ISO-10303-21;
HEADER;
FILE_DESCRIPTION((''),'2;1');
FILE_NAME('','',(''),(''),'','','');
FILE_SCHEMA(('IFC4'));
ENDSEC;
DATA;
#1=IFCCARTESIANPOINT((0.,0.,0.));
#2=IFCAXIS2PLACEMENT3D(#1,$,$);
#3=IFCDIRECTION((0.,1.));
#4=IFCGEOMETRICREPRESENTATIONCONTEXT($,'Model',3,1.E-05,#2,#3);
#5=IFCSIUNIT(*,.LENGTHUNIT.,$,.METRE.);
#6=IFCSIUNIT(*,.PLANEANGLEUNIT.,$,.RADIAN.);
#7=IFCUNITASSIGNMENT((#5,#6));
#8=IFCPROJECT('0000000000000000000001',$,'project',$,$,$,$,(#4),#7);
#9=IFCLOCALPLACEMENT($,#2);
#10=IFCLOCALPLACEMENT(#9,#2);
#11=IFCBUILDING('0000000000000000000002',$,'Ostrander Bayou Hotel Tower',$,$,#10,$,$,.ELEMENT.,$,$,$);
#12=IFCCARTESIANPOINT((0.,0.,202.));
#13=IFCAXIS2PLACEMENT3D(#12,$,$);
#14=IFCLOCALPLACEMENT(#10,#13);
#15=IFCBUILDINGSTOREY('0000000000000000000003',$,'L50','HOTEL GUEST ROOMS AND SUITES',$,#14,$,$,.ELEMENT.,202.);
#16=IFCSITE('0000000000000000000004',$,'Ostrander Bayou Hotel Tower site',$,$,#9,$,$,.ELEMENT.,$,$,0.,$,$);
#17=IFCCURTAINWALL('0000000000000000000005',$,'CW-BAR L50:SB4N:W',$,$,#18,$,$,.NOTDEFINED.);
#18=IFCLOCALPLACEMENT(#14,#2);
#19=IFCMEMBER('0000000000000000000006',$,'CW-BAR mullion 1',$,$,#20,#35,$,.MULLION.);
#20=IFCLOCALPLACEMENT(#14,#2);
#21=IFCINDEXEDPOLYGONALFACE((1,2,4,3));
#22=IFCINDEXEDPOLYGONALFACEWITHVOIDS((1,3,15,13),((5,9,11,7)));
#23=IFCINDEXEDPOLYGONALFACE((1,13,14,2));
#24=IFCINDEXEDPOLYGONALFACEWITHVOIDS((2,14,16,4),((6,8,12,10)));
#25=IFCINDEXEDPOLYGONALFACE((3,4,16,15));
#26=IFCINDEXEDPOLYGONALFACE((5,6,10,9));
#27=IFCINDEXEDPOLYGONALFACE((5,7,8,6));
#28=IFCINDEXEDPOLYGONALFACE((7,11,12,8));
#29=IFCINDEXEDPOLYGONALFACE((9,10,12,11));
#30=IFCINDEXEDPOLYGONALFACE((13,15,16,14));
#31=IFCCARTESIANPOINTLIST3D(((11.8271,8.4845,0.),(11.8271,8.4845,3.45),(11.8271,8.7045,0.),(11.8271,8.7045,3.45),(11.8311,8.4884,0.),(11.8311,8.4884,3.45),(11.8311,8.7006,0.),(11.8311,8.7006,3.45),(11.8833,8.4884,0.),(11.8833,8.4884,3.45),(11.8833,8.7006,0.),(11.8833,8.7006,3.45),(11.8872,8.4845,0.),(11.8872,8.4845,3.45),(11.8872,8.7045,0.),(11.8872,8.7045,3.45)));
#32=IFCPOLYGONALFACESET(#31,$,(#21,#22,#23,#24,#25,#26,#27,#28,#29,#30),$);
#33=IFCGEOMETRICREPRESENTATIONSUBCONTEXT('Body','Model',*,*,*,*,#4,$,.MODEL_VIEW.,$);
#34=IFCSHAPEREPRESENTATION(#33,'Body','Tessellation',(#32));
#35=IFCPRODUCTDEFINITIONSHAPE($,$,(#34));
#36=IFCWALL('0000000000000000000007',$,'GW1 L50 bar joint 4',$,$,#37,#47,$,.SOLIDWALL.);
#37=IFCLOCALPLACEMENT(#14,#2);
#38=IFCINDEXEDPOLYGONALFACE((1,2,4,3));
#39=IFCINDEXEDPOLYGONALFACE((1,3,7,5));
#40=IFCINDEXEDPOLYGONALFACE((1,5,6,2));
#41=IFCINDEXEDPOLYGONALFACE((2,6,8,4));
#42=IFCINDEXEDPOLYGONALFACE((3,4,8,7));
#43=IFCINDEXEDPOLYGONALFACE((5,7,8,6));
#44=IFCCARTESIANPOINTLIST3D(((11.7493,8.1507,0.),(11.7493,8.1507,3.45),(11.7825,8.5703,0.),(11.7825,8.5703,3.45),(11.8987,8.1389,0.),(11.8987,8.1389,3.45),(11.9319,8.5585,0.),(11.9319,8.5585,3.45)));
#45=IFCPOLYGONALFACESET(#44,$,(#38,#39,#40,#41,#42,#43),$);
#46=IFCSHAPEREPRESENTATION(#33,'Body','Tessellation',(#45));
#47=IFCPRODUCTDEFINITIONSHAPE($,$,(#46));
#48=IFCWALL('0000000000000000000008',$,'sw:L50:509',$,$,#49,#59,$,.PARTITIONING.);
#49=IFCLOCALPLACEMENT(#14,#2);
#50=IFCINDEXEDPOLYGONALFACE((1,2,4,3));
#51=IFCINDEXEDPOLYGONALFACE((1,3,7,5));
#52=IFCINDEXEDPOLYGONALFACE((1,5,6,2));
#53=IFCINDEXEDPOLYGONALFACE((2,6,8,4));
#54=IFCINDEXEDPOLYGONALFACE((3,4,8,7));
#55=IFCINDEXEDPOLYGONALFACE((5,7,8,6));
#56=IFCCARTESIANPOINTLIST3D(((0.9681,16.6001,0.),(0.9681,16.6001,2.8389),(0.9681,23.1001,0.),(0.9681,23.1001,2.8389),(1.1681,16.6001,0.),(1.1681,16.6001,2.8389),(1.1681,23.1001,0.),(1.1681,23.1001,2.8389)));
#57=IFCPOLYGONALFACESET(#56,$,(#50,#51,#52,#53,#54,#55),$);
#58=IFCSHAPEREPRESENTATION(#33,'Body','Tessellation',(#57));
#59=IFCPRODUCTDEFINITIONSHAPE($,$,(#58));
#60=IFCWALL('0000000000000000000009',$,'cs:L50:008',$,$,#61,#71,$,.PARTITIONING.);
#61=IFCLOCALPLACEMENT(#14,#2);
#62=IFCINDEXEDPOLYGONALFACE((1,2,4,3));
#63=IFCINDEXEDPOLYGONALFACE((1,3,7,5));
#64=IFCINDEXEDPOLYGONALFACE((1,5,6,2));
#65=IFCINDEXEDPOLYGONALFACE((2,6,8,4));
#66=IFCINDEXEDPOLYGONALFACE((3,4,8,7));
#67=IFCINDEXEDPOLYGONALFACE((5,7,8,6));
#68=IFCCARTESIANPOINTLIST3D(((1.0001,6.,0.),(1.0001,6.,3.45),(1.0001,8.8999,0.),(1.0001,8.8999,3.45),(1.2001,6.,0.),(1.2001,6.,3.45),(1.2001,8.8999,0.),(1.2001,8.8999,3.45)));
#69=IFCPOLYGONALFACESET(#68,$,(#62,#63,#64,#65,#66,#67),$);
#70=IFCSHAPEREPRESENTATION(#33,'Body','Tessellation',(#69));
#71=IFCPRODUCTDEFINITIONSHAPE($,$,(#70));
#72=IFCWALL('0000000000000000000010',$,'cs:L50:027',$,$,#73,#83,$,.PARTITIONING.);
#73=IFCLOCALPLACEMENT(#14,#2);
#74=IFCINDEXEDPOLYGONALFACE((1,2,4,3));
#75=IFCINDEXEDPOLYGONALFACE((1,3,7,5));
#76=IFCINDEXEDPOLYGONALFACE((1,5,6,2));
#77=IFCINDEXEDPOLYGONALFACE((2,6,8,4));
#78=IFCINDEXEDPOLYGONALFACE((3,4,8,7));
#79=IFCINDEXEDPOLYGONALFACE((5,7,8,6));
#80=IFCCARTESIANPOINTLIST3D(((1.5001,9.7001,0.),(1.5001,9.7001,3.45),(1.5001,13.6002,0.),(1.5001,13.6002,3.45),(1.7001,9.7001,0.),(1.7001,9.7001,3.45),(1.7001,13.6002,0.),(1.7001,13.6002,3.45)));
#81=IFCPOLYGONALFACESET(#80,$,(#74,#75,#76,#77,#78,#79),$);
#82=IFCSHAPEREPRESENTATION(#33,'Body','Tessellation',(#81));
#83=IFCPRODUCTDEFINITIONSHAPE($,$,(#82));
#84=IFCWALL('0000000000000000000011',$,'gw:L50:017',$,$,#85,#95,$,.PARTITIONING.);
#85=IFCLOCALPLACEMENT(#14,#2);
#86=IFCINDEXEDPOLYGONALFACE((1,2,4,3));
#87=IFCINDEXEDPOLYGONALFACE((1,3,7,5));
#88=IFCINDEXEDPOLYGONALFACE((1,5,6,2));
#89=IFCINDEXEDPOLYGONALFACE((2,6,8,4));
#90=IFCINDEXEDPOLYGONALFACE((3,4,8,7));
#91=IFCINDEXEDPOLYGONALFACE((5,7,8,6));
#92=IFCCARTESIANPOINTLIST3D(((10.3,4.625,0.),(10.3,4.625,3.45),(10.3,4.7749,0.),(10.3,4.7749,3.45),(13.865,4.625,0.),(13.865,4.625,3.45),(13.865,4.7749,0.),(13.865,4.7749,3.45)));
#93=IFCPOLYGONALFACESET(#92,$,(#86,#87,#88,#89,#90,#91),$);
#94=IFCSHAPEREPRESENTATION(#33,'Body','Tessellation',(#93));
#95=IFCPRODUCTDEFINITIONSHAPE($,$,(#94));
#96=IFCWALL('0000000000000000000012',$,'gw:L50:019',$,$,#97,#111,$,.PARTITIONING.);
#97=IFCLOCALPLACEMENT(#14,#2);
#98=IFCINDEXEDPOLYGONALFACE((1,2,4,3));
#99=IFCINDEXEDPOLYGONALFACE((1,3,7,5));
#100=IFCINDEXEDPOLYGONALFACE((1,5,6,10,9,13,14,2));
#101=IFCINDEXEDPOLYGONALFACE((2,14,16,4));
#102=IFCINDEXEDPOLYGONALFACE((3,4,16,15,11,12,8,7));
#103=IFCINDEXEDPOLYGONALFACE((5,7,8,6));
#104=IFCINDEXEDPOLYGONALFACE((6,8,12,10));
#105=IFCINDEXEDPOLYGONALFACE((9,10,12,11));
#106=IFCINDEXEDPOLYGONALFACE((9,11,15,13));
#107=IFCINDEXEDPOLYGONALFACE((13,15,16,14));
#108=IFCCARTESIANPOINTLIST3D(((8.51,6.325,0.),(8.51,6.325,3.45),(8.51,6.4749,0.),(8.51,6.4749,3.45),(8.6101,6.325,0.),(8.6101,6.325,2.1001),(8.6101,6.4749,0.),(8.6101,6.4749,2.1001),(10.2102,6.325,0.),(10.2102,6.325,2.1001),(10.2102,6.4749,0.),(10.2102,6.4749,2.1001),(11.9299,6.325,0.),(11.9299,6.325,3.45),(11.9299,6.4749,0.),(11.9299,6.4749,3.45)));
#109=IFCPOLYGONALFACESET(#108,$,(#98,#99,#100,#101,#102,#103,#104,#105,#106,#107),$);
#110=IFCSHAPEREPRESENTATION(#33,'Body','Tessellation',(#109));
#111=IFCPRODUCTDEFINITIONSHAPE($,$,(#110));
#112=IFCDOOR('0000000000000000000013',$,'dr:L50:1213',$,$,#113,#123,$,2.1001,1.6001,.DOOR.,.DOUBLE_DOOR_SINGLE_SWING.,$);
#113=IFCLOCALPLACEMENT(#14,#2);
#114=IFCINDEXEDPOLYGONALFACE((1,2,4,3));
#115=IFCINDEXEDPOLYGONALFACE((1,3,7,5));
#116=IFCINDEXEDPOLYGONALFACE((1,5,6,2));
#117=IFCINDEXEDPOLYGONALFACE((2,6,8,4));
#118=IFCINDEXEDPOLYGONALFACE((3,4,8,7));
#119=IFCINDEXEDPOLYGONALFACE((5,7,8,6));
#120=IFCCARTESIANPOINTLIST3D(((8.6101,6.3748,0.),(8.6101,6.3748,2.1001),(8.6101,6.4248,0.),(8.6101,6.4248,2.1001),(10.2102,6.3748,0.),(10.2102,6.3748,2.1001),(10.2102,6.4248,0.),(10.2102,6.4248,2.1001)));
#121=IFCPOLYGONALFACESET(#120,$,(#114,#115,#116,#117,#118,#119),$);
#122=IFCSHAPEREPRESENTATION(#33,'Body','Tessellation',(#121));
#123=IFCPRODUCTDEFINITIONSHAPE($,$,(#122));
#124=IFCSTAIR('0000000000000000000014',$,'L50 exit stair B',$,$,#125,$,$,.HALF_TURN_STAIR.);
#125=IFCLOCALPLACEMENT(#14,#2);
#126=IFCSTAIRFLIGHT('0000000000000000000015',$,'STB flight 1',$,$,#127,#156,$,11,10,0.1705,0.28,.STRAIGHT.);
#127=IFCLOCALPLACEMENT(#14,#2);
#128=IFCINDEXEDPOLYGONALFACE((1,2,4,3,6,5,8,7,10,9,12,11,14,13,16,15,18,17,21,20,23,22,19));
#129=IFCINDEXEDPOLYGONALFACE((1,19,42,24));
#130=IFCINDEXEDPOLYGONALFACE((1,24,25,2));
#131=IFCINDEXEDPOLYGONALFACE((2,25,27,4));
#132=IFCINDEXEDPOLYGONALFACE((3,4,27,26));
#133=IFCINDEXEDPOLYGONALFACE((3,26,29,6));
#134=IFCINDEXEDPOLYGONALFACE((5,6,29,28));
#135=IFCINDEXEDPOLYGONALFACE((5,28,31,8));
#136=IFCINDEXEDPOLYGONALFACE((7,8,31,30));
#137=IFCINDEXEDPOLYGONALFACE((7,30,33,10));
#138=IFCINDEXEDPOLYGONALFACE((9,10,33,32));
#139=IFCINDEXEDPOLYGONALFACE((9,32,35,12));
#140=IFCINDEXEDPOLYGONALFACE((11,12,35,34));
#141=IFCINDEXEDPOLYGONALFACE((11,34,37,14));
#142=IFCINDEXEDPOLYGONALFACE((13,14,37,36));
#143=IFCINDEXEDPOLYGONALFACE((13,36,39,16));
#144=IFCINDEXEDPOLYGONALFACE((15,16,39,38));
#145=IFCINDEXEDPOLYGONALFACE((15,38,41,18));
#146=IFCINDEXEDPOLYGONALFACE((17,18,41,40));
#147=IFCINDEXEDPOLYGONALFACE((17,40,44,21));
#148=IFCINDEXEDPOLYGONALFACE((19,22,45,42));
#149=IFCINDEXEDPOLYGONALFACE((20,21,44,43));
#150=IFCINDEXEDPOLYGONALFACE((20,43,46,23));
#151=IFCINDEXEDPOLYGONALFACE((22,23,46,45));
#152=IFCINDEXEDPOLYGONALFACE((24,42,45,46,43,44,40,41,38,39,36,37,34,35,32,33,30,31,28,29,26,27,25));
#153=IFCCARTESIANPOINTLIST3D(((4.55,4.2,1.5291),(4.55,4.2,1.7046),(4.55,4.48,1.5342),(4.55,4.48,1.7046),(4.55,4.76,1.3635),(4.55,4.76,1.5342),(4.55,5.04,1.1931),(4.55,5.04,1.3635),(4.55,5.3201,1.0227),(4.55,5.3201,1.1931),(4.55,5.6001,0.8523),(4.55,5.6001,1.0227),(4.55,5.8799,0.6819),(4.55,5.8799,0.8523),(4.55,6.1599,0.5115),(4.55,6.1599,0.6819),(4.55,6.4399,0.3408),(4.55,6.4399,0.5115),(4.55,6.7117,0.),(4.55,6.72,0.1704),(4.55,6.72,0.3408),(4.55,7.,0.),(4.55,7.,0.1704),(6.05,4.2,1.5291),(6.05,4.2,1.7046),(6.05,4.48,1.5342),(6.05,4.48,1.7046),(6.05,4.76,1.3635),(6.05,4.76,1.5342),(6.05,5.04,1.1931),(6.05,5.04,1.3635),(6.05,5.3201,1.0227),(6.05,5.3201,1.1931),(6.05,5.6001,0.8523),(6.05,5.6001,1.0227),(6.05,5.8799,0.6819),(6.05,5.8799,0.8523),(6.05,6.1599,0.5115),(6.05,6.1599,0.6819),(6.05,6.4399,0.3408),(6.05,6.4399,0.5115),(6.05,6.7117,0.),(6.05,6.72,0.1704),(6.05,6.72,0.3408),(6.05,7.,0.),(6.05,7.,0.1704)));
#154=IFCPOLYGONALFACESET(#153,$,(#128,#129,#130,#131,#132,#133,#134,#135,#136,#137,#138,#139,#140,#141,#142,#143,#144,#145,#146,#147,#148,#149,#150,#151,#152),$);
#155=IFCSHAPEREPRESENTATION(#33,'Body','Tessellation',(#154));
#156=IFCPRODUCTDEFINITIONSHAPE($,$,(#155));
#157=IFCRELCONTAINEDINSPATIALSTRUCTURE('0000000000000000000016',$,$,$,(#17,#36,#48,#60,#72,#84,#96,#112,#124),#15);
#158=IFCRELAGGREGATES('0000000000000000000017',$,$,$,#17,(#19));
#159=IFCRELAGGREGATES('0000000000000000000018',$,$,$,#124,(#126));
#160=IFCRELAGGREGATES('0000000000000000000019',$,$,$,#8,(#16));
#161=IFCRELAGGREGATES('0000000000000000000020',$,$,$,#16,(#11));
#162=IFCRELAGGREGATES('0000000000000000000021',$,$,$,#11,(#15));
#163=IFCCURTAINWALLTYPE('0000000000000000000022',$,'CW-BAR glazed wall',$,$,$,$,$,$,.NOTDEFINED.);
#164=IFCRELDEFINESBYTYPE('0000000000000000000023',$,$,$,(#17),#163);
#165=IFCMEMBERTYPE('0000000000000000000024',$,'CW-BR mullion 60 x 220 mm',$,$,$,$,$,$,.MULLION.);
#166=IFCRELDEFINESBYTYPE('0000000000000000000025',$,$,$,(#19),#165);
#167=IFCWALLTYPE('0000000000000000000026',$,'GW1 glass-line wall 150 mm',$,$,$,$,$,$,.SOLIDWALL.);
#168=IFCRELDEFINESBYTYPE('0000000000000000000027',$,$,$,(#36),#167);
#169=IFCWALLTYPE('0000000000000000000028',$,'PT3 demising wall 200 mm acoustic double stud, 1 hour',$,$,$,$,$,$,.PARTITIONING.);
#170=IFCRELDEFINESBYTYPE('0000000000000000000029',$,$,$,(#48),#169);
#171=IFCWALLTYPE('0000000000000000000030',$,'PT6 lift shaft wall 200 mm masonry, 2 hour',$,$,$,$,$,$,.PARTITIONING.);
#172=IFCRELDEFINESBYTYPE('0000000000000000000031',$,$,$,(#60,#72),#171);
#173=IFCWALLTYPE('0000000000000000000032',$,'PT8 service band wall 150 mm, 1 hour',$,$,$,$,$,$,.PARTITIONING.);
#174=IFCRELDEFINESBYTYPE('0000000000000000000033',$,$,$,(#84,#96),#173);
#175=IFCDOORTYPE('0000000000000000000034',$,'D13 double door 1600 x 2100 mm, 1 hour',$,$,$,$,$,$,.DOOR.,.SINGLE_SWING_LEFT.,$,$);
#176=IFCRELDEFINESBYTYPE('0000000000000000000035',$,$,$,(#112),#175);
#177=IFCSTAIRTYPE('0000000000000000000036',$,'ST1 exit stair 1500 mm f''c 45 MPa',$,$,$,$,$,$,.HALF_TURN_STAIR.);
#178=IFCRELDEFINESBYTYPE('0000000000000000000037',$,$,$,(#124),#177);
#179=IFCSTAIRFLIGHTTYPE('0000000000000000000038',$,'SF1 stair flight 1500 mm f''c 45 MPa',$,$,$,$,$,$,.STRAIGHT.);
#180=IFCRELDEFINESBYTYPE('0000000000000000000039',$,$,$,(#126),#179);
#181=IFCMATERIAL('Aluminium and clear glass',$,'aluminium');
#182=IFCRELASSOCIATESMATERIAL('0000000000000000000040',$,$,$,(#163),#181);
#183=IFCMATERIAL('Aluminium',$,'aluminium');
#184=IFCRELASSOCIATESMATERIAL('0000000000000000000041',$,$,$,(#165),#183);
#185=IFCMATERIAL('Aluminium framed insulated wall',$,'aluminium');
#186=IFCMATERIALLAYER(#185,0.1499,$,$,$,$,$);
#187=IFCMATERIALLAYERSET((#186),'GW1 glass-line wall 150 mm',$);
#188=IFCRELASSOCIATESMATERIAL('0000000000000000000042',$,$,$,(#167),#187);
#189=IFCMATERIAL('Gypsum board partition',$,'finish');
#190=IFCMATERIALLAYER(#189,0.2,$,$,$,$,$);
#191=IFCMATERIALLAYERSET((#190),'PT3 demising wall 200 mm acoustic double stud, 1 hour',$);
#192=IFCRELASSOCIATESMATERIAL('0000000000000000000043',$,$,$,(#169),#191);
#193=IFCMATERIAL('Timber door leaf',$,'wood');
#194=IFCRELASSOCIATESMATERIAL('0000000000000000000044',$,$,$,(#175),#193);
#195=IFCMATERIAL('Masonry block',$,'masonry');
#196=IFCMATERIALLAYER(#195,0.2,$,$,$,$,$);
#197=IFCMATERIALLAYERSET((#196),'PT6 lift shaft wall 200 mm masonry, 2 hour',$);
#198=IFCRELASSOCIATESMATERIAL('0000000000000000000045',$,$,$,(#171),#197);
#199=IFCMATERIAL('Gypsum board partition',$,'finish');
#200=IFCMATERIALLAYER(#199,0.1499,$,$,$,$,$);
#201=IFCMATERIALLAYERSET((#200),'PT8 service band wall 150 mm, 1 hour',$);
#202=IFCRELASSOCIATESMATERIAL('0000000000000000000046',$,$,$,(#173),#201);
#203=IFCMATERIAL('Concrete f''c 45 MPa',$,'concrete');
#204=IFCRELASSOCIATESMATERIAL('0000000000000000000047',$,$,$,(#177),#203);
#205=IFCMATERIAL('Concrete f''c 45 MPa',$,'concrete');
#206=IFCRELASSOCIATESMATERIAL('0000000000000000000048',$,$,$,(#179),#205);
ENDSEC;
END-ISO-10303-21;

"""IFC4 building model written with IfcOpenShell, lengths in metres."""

from ifc_helpers import new_model, si_unit, direction, frame, frame_2d, origin, origin_2d, place, context, subcontext, project, spatial, polyline, rectangle, hollow_rectangle, outline, extrude, material, layer, layer_set, material_profile, profile_set, type_object, element, fill, aggregate, save


model = new_model("IFC4")

# Units and contexts
model_context = context("Model", 3, precision=1e-05, world=origin(), true_north=direction((0.0, 1.0)))
body_context = subcontext(model_context, "Body", "Model", "MODEL_VIEW")
ifc_project = project(units=[si_unit("LENGTHUNIT", "METRE"), si_unit("PLANEANGLEUNIT", "RADIAN")], contexts=[model_context])

# Site, building, storey
site_placement = place(None, origin())
site = spatial("IfcSite", under=ifc_project, at=site_placement, Name="Ostrander Bayou Hotel Tower site", CompositionType="ELEMENT", RefElevation=0.0)
building_placement = place(site_placement, origin())
building = spatial("IfcBuilding", under=site, at=building_placement, Name="Ostrander Bayou Hotel Tower", CompositionType="ELEMENT")
storey_placement = place(building_placement, frame((0.0, 0.0, 202.0)))
storey = spatial("IfcBuildingStorey", under=building, at=storey_placement, Name="L50", Description="HOTEL GUEST ROOMS AND SUITES", CompositionType="ELEMENT", Elevation=202.0)

# Curtain wall, member
ifc_material_1 = material(Name="Aluminium and clear glass", Category="aluminium")
curtain_wall_type = type_object("IfcCurtainWallType", Name="CW-BAR glazed wall", PredefinedType="NOTDEFINED", material=ifc_material_1)
curtain_wall_placement = place(storey_placement, origin())
curtain_wall = element("IfcCurtainWall", 1, at=curtain_wall_placement, inside=storey, type_object=curtain_wall_type, Name="CW-BAR L50:SB4N:W", PredefinedType="NOTDEFINED")
ifc_material_2 = material(Name="Aluminium", Category="aluminium")
ifc_material_profile = material_profile(ifc_material_2, hollow_rectangle(XDim=0.0601, YDim=0.22, WallThickness=0.0039, at=origin_2d()))
ifc_profile_set = profile_set([ifc_material_profile], Name="Aluminium")
member_type = type_object("IfcMemberType", Name="CW-BR mullion 60 x 220 mm", PredefinedType="MULLION", material=ifc_profile_set)
member_placement = place(storey_placement, frame((11.8572, 8.5945, 0.0), z_axis=(0.0, 0.0, 1.0), x_axis=(-1.0, 0.0, 0.0)))
member = element("IfcMember", 2, at=member_placement, type_object=member_type, Name="CW-BAR mullion 1", PredefinedType="MULLION", context=body_context, shape_type="SweptSolid", body=[
    extrude(hollow_rectangle(XDim=0.0601, YDim=0.22, WallThickness=0.0039, at=origin_2d()), origin(), (0.0, 0.0, 1.0), 3.45),
])
aggregate(curtain_wall, [member])

# Walls
ifc_material_3 = material(Name="Aluminium framed insulated wall", Category="aluminium")
ifc_layer_1 = layer(ifc_material_3, 0.1499)
ifc_layer_set_1 = layer_set([ifc_layer_1], Name="GW1 glass-line wall 150 mm")
wall_type_1 = type_object("IfcWallType", Name="GW1 glass-line wall 150 mm", PredefinedType="SOLIDWALL", material=ifc_layer_set_1)
wall_1_placement = place(storey_placement, frame((11.824, 8.1448, 0.0), z_axis=(0.0, 0.0, 1.0), x_axis=(0.078869, 0.996885, 0.0)))
element("IfcWall", 3, at=wall_1_placement, inside=storey, type_object=wall_type_1, Name="GW1 L50 bar joint 4", PredefinedType="SOLIDWALL", context=body_context, shape_type="SweptSolid", body=[
    extrude(rectangle(XDim=0.4209, YDim=0.1499, at=frame_2d((0.2104, 0.0))), origin(), (0.0, 0.0, 1.0), 3.45),
])
ifc_material_4 = material(Name="Gypsum board partition", Category="finish")
ifc_layer_2 = layer(ifc_material_4, 0.2)
ifc_layer_set_2 = layer_set([ifc_layer_2], Name="PT3 demising wall 200 mm acoustic double stud, 1 hour")
wall_type_2 = type_object("IfcWallType", Name="PT3 demising wall 200 mm acoustic double stud, 1 hour", PredefinedType="PARTITIONING", material=ifc_layer_set_2)
wall_2_placement = place(storey_placement, frame((1.0681, 16.6001, 0.0), z_axis=(0.0, 0.0, 1.0), x_axis=(0.0, 1.0, 0.0)))
element("IfcWall", 4, at=wall_2_placement, inside=storey, type_object=wall_type_2, Name="sw:L50:509", PredefinedType="PARTITIONING", context=body_context, shape_type="SweptSolid", body=[
    extrude(rectangle(XDim=6.5, YDim=0.2, at=frame_2d((3.25, 0.0))), origin(), (0.0, 0.0, 1.0), 2.8389),
])

# Shared definitions
ifc_material_5 = material(Name="Timber door leaf", Category="wood")
door_type_1 = type_object("IfcDoorType", Name="D13 double door 1600 x 2100 mm, 1 hour", OperationType="SINGLE_SWING_LEFT", PredefinedType="DOOR", material=ifc_material_5)
ifc_material_6 = material(Name="Masonry block", Category="masonry")
ifc_layer_3 = layer(ifc_material_6, 0.2)
ifc_layer_set_3 = layer_set([ifc_layer_3], Name="PT6 lift shaft wall 200 mm masonry, 2 hour")
wall_type_3 = type_object("IfcWallType", Name="PT6 lift shaft wall 200 mm masonry, 2 hour", PredefinedType="PARTITIONING", material=ifc_layer_set_3)

# Walls
wall_3_placement = place(storey_placement, frame((1.1001, 6.0, 0.0), z_axis=(0.0, 0.0, 1.0), x_axis=(0.0, 1.0, 0.0)))
element("IfcWall", 5, at=wall_3_placement, inside=storey, type_object=wall_type_3, Name="cs:L50:008", PredefinedType="PARTITIONING", context=body_context, shape_type="SweptSolid", body=[
    extrude(rectangle(XDim=2.8999, YDim=0.2, at=frame_2d((1.45, 0.0))), origin(), (0.0, 0.0, 1.0), 3.45),
])
wall_4_placement = place(storey_placement, frame((1.6001, 9.7, 0.0), z_axis=(0.0, 0.0, 1.0), x_axis=(0.0, 1.0, 0.0)))
element("IfcWall", 6, at=wall_4_placement, inside=storey, type_object=wall_type_3, Name="cs:L50:027", PredefinedType="PARTITIONING", context=body_context, shape_type="SweptSolid", body=[
    extrude(rectangle(XDim=3.9001, YDim=0.2, at=frame_2d((1.9502, 0.0))), origin(), (0.0, 0.0, 1.0), 3.45),
])
ifc_material_7 = material(Name="Gypsum board partition", Category="finish")
ifc_layer_4 = layer(ifc_material_7, 0.1499)
ifc_layer_set_4 = layer_set([ifc_layer_4], Name="PT8 service band wall 150 mm, 1 hour")
wall_type_4 = type_object("IfcWallType", Name="PT8 service band wall 150 mm, 1 hour", PredefinedType="PARTITIONING", material=ifc_layer_set_4)
wall_5_placement = place(storey_placement, frame((10.3, 4.7, 0.0), z_axis=(0.0, 0.0, 1.0), x_axis=(1.0, 0.0, 0.0)))
element("IfcWall", 7, at=wall_5_placement, inside=storey, type_object=wall_type_4, Name="gw:L50:017", PredefinedType="PARTITIONING", context=body_context, shape_type="SweptSolid", body=[
    extrude(rectangle(XDim=3.5649, YDim=0.1499, at=frame_2d((1.7825, 0.0))), origin(), (0.0, 0.0, 1.0), 3.45),
])

# Wall, opening, door
wall_6_placement = place(storey_placement, frame((8.51, 6.3999, 0.0), z_axis=(0.0, 0.0, 1.0), x_axis=(1.0, 0.0, 0.0)))
wall_6 = element("IfcWall", 8, at=wall_6_placement, inside=storey, type_object=wall_type_4, Name="gw:L50:019", PredefinedType="PARTITIONING", context=body_context, shape_type="SweptSolid", body=[
    extrude(rectangle(XDim=3.4199, YDim=0.1499, at=frame_2d((1.71, 0.0))), origin(), (0.0, 0.0, 1.0), 3.45),
])
opening_1_placement = place(wall_6_placement, frame((0.1001, 0.0, 0.0)))
opening_1 = element("IfcOpeningElement", 9, at=opening_1_placement, cuts=wall_6, PredefinedType="OPENING", context=body_context, shape_type="SweptSolid", body=[
    extrude(rectangle(XDim=1.6001, YDim=2.1001, at=frame_2d((0.8, 1.05))), frame((0.0, 0.075, 0.0), z_axis=(0.0, -1.0, 0.0), x_axis=(1.0, 0.0, 0.0)), (0.0, 0.0, 1.0), 0.1499),
])
door_1_placement = place(opening_1_placement, origin())
door_1 = element("IfcDoor", 10, at=door_1_placement, inside=storey, type_object=door_type_1, Name="dr:L50:1213", OperationType="DOUBLE_DOOR_SINGLE_SWING", OverallHeight=2.1001, OverallWidth=1.6001, PredefinedType="DOOR", context=body_context, shape_type="SweptSolid", body=[
    extrude(rectangle(XDim=1.6001, YDim=2.1001, at=frame_2d((0.8, 1.05))), frame((0.0, 0.0249, 0.0), z_axis=(0.0, -1.0, 0.0), x_axis=(1.0, 0.0, 0.0)), (0.0, 0.0, 1.0), 0.05),
])
fill(opening_1, door_1)

# Stair, stair flight
ifc_material_8 = material(Name="Concrete f'c 45 MPa", Category="concrete")
stair_type = type_object("IfcStairType", Name="ST1 exit stair 1500 mm f'c 45 MPa", PredefinedType="HALF_TURN_STAIR", material=ifc_material_8)
stair_placement = place(storey_placement, origin())
stair = element("IfcStair", 11, at=stair_placement, inside=storey, type_object=stair_type, Name="L50 exit stair B", PredefinedType="HALF_TURN_STAIR")
ifc_material_9 = material(Name="Concrete f'c 45 MPa", Category="concrete")
stair_flight_type = type_object("IfcStairFlightType", Name="SF1 stair flight 1500 mm f'c 45 MPa", PredefinedType="STRAIGHT", material=ifc_material_9)
stair_flight_1_placement = place(storey_placement, frame((5.3, 7.0, 0.0), z_axis=(0.0, 0.0, 1.0), x_axis=(0.0, -1.0, 0.0)))
stair_flight_1 = element("IfcStairFlight", 12, at=stair_flight_1_placement, type_object=stair_flight_type, Name="STB flight 1", NumberOfRisers=11, NumberOfTreads=10, PredefinedType="STRAIGHT", RiserHeight=0.1705, TreadLength=0.28, context=body_context, shape_type="SweptSolid", body=[
    extrude(outline(polyline([(0.0, 0.0), (0.0, 0.1704), (0.28, 0.1704), (0.28, 0.3408), (0.5601, 0.3408), (0.5601, 0.5115), (0.8401, 0.5115), (0.8401, 0.6819), (1.1201, 0.6819), (1.1201, 0.8523), (1.3999, 0.8523), (1.3999, 1.0227), (1.6799, 1.0227), (1.6799, 1.1931), (1.96, 1.1931), (1.96, 1.3635), (2.24, 1.3635), (2.24, 1.5342), (2.52, 1.5342), (2.52, 1.7046), (2.8, 1.7046), (2.8, 1.875), (2.8, 1.5291), (0.2883, 0.0), (0.0, 0.0)])), frame((0.0, 0.75, 0.0), z_axis=(0.0, -1.0, 0.0), x_axis=(1.0, 0.0, 0.0)), (0.0, 0.0, 1.0), 1.5),
])
aggregate(stair, [stair_flight_1])

save(model, "model.ifc")
